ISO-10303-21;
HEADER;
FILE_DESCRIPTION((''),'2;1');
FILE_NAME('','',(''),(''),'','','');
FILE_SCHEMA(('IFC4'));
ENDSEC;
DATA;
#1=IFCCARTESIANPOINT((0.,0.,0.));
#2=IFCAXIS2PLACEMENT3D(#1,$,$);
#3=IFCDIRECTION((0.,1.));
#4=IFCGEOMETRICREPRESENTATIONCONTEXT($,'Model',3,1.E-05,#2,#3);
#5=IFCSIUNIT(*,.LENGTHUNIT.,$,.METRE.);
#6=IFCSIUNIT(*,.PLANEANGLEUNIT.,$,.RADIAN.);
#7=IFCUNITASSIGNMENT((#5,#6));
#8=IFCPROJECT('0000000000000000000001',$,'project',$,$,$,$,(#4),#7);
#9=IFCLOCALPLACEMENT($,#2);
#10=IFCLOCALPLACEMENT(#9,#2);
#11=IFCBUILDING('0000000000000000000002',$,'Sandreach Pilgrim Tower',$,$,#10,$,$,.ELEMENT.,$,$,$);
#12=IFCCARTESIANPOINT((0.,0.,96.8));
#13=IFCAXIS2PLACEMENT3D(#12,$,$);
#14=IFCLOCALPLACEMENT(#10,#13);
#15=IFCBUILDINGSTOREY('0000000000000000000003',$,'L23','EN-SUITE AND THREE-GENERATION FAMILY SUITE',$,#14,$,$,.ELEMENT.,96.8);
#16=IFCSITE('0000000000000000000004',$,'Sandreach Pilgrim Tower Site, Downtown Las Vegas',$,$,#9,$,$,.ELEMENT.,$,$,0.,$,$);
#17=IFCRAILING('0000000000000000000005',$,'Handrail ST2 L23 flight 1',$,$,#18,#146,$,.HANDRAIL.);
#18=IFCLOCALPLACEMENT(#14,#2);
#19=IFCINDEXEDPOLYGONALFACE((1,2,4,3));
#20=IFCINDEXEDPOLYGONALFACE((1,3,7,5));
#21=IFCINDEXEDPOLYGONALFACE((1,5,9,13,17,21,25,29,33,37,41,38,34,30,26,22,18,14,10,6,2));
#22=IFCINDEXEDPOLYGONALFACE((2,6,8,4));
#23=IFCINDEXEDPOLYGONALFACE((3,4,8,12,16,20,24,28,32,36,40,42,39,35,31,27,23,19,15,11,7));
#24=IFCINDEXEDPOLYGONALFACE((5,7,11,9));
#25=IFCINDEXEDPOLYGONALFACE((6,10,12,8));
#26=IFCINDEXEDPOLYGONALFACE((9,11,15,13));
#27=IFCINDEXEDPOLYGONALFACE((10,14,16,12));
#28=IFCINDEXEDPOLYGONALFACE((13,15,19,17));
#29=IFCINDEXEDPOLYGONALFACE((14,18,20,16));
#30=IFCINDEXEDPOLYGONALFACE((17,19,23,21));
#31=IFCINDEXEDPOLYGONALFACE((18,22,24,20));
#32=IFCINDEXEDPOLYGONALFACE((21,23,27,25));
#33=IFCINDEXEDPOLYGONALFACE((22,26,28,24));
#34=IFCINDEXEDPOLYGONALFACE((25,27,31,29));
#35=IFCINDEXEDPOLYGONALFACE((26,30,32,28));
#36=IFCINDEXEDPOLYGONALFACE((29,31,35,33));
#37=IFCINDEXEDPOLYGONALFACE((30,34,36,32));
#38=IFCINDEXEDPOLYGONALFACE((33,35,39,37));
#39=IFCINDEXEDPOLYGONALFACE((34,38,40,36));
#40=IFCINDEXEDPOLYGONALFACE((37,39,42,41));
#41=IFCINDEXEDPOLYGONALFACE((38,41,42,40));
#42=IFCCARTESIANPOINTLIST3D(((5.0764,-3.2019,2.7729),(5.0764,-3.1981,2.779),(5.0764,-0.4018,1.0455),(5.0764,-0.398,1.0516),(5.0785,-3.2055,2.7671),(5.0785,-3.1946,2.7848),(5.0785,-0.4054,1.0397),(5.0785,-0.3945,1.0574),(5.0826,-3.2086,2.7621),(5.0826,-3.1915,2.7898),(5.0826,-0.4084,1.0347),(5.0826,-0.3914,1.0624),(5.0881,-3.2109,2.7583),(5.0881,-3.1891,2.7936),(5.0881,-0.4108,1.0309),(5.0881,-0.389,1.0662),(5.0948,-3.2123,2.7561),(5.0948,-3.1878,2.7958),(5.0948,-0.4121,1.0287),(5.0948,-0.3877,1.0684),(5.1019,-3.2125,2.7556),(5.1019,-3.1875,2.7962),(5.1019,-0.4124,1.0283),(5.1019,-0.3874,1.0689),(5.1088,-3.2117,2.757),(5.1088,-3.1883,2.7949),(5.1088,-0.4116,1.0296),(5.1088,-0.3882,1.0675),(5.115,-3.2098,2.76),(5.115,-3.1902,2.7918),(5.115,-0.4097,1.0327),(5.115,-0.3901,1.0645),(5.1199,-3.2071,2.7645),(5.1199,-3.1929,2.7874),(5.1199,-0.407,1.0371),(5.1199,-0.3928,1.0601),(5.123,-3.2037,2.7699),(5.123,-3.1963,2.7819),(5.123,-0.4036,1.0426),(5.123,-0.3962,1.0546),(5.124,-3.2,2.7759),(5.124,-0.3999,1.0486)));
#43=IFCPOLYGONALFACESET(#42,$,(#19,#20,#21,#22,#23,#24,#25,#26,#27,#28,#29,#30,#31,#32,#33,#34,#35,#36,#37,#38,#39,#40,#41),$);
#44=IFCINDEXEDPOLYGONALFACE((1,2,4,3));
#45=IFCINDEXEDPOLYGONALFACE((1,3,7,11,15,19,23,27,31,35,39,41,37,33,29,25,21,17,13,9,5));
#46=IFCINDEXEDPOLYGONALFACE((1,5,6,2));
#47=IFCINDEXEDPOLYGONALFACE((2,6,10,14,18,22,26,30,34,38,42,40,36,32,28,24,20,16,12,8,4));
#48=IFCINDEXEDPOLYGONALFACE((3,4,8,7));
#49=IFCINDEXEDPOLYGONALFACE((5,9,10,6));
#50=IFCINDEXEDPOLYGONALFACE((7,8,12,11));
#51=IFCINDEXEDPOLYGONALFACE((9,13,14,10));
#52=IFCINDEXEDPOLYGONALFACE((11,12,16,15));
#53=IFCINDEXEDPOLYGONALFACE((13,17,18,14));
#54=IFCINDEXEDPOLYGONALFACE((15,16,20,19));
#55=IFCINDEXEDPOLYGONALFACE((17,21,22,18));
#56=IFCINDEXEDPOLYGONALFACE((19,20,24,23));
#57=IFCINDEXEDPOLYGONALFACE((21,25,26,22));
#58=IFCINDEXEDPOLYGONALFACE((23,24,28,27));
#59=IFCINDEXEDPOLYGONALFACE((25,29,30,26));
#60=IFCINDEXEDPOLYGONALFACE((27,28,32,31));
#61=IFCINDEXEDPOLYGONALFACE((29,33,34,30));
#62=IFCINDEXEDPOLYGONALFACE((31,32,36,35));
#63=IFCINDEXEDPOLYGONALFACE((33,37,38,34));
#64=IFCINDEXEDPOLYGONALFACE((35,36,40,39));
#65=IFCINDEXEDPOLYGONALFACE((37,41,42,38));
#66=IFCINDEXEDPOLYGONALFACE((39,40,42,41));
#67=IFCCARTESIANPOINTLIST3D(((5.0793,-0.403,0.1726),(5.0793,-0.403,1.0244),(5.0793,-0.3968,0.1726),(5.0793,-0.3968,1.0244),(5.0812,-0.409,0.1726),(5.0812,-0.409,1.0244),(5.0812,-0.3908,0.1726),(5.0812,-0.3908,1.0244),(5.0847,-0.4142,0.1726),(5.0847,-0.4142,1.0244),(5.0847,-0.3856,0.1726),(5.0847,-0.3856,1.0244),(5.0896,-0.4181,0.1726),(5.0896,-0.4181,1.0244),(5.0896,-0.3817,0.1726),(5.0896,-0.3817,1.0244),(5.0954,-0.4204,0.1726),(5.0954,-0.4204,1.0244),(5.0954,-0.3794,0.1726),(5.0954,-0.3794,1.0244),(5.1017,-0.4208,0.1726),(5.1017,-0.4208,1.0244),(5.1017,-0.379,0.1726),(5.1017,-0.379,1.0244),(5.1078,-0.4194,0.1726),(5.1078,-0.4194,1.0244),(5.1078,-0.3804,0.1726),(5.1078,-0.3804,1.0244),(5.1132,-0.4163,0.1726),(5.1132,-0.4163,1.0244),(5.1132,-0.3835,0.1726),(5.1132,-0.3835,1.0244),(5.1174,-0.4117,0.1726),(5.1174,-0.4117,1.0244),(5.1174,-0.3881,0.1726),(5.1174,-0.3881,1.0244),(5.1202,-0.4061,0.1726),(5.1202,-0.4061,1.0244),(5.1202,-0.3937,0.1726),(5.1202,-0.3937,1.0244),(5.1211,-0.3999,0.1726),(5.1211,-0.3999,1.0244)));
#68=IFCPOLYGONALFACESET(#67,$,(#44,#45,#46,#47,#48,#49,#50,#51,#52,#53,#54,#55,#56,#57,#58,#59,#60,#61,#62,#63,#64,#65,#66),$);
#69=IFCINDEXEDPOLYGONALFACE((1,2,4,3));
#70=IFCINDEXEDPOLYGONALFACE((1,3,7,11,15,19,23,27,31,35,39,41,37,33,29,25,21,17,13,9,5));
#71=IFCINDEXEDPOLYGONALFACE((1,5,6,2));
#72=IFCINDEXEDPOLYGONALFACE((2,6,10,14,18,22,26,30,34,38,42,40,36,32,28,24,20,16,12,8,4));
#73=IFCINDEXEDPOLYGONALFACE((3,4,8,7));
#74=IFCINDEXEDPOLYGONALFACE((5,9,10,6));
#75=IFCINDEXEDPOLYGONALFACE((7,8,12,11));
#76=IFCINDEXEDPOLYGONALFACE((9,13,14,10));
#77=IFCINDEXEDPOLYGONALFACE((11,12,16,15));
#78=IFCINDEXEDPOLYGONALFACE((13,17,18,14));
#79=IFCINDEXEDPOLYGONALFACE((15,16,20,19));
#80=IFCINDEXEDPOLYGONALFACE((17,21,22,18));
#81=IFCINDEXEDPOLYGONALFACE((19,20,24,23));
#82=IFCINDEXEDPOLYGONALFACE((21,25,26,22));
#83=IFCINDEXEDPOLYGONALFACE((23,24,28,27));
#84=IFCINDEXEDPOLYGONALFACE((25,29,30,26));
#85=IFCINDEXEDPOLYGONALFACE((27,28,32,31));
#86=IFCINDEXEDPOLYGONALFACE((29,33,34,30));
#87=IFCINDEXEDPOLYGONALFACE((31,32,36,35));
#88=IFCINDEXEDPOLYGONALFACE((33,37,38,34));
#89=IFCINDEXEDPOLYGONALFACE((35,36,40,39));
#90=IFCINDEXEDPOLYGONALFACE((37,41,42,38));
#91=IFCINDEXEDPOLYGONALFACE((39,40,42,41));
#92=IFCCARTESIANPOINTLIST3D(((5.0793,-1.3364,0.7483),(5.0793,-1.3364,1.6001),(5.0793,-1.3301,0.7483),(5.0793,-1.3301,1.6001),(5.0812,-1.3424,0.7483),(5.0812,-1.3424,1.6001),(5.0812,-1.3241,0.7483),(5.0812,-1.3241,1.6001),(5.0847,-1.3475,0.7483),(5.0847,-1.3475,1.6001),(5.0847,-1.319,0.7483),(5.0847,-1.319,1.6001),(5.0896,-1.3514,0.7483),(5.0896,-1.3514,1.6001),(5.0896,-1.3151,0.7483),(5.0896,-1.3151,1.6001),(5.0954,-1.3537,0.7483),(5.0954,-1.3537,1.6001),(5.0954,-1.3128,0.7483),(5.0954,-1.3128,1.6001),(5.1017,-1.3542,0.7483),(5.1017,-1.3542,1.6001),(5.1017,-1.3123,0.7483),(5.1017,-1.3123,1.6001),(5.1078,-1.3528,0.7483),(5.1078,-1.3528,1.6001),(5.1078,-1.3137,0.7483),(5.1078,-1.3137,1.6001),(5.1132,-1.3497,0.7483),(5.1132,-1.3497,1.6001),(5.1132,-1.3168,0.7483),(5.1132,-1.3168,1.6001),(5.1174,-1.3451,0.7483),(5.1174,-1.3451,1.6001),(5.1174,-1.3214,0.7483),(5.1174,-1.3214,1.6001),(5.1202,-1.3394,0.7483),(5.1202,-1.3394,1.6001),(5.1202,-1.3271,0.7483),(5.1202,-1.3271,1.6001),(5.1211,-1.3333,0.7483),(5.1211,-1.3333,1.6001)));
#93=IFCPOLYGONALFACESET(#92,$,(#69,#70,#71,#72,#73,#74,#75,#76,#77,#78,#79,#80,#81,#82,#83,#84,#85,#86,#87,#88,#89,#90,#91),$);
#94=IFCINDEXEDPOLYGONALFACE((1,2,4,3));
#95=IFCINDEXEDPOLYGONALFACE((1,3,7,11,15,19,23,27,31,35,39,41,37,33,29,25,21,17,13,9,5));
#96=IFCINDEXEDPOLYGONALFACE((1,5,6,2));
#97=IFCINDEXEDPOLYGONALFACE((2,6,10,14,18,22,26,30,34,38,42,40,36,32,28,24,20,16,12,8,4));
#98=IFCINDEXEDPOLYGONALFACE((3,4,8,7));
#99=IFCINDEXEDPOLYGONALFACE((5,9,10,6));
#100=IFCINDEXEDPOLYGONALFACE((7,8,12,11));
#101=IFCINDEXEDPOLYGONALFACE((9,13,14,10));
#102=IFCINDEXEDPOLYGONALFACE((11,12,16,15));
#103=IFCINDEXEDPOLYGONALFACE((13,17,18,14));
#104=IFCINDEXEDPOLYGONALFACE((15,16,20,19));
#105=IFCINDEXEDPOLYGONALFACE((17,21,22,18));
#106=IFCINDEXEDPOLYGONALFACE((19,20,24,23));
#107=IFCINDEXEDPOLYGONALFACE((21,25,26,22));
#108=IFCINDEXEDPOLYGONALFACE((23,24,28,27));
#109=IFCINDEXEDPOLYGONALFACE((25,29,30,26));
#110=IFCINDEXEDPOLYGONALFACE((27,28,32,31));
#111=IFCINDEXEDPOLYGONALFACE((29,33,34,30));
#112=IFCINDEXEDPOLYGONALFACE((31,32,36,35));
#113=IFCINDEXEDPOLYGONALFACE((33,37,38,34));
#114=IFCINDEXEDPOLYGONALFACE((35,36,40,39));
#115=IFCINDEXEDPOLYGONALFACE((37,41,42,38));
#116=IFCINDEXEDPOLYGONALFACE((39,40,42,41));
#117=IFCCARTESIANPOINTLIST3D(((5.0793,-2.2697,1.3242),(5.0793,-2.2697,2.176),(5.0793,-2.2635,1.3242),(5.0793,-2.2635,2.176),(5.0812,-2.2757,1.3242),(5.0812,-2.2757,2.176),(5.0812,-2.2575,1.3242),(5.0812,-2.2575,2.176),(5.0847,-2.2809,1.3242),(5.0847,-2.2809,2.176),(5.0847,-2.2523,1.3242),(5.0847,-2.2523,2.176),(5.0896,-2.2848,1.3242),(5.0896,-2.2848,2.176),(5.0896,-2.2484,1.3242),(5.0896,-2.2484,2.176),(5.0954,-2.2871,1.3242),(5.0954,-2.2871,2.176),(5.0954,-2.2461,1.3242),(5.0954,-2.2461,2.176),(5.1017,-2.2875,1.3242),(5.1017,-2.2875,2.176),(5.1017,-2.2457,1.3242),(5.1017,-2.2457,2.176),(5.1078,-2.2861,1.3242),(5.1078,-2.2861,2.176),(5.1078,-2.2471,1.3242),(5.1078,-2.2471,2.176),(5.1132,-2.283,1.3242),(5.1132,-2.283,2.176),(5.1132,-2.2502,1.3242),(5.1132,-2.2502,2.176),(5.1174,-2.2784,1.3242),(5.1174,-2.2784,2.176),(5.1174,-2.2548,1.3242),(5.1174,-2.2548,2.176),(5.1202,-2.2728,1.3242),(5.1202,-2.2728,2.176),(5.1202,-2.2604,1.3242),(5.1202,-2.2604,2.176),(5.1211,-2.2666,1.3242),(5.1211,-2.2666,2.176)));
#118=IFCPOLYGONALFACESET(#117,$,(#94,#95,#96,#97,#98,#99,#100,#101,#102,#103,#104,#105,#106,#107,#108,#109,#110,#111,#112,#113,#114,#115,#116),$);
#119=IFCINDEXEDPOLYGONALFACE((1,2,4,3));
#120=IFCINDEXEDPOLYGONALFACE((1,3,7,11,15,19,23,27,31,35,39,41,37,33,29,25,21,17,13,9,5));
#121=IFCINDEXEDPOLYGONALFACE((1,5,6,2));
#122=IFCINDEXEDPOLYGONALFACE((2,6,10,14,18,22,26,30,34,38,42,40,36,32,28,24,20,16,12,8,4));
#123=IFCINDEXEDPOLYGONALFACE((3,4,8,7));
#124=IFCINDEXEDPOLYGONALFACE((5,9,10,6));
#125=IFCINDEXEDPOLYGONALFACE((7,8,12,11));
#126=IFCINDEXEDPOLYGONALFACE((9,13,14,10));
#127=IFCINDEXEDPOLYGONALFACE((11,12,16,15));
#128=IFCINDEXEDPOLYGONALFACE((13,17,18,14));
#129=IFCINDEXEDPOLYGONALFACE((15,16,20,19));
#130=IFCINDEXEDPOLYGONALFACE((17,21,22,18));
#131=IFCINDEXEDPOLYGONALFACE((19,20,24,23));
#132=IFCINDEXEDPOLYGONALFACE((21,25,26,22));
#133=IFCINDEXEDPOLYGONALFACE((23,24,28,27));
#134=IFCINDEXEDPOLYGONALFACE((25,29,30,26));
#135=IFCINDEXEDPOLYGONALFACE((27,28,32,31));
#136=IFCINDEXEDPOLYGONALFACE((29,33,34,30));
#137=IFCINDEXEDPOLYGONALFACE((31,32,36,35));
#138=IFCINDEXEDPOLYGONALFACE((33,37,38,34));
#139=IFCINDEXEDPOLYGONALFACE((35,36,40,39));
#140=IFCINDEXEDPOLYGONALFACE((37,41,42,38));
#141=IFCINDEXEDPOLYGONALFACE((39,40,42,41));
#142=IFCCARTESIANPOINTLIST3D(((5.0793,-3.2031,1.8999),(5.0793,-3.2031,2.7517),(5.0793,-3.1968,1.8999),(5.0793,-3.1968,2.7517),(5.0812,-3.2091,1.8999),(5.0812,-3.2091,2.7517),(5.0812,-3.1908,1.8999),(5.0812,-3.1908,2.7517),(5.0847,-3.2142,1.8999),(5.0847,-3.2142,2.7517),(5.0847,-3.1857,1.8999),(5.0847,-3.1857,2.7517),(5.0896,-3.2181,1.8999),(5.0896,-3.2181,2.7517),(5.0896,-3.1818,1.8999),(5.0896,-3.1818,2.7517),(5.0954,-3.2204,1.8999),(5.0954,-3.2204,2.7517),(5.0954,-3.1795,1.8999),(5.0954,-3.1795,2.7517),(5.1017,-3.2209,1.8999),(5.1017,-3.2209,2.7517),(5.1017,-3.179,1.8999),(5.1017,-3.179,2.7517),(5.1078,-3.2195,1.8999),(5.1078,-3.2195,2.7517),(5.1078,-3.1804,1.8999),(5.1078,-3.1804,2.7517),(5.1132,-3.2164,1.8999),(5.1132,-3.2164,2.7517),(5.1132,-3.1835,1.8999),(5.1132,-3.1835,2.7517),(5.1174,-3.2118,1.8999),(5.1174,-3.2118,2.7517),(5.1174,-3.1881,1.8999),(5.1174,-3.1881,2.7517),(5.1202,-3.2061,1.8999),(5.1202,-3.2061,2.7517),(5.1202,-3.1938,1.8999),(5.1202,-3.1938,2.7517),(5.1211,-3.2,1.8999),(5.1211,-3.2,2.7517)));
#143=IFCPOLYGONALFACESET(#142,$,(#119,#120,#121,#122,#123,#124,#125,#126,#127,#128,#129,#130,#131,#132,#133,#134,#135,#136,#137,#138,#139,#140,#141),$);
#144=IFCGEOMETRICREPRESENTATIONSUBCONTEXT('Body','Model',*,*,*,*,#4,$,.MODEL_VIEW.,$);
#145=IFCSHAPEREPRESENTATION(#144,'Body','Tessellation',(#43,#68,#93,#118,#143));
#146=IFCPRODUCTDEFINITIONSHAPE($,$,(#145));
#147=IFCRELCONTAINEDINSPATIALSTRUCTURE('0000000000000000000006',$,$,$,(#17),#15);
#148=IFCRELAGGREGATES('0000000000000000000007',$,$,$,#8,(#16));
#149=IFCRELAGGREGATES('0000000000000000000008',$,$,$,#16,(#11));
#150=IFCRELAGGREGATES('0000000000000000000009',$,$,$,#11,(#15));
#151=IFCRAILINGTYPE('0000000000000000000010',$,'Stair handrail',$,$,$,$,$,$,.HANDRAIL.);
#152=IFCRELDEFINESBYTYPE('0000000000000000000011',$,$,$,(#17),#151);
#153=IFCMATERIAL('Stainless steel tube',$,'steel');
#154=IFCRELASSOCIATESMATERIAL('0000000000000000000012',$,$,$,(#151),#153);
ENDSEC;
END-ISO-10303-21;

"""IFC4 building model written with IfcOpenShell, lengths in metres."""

from ifc_helpers import new_model, si_unit, direction, frame, origin, origin_2d, place, context, subcontext, project, spatial, circle, extrude, material, type_object, element, save


model = new_model("IFC4")

# Units and contexts
model_context = context("Model", 3, precision=1e-05, world=origin(), true_north=direction((0.0, 1.0)))
body_context = subcontext(model_context, "Body", "Model", "MODEL_VIEW")
ifc_project = project(units=[si_unit("LENGTHUNIT", "METRE"), si_unit("PLANEANGLEUNIT", "RADIAN")], contexts=[model_context])

# Site, building, storey
site_placement = place(None, origin())
site = spatial("IfcSite", under=ifc_project, at=site_placement, Name="Sandreach Pilgrim Tower Site, Downtown Las Vegas", CompositionType="ELEMENT", RefElevation=0.0)
building_placement = place(site_placement, origin())
building = spatial("IfcBuilding", under=site, at=building_placement, Name="Sandreach Pilgrim Tower", CompositionType="ELEMENT")
storey_placement = place(building_placement, frame((0.0, 0.0, 96.8)))
storey = spatial("IfcBuildingStorey", under=building, at=storey_placement, Name="L23", Description="EN-SUITE AND THREE-GENERATION FAMILY SUITE", CompositionType="ELEMENT", Elevation=96.8)

# Railing
ifc_material_1 = material(Name="Stainless steel tube", Category="steel")
railing_type = type_object("IfcRailingType", Name="Stair handrail", PredefinedType="HANDRAIL", material=ifc_material_1)
railing_placement = place(storey_placement, frame((5.1001, -0.3999, 0.1726)))
element("IfcRailing", 1, at=railing_placement, inside=storey, type_object=railing_type, Name="Handrail ST2 L23 flight 1", PredefinedType="HANDRAIL", context=body_context, shape_type="SweptSolid", body=[
    extrude(circle(Radius=0.0239, at=origin_2d()), frame((0.0, 0.0, 0.876), z_axis=(0.0, -0.85109, 0.52502), x_axis=(1.0, 0.0, 0.0)), (0.0, 0.0, 1.0), 3.29),
    extrude(circle(Radius=0.021, at=origin_2d()), origin(), (0.0, 0.0, 1.0), 0.8518),
    extrude(circle(Radius=0.021, at=origin_2d()), frame((0.0, -0.9333, 0.5757)), (0.0, 0.0, 1.0), 0.8518),
    extrude(circle(Radius=0.021, at=origin_2d()), frame((0.0, -1.8667, 1.1516)), (0.0, 0.0, 1.0), 0.8518),
    extrude(circle(Radius=0.021, at=origin_2d()), frame((0.0, -2.8, 1.7273)), (0.0, 0.0, 1.0), 0.8518),
])

save(model, "model.ifc")
